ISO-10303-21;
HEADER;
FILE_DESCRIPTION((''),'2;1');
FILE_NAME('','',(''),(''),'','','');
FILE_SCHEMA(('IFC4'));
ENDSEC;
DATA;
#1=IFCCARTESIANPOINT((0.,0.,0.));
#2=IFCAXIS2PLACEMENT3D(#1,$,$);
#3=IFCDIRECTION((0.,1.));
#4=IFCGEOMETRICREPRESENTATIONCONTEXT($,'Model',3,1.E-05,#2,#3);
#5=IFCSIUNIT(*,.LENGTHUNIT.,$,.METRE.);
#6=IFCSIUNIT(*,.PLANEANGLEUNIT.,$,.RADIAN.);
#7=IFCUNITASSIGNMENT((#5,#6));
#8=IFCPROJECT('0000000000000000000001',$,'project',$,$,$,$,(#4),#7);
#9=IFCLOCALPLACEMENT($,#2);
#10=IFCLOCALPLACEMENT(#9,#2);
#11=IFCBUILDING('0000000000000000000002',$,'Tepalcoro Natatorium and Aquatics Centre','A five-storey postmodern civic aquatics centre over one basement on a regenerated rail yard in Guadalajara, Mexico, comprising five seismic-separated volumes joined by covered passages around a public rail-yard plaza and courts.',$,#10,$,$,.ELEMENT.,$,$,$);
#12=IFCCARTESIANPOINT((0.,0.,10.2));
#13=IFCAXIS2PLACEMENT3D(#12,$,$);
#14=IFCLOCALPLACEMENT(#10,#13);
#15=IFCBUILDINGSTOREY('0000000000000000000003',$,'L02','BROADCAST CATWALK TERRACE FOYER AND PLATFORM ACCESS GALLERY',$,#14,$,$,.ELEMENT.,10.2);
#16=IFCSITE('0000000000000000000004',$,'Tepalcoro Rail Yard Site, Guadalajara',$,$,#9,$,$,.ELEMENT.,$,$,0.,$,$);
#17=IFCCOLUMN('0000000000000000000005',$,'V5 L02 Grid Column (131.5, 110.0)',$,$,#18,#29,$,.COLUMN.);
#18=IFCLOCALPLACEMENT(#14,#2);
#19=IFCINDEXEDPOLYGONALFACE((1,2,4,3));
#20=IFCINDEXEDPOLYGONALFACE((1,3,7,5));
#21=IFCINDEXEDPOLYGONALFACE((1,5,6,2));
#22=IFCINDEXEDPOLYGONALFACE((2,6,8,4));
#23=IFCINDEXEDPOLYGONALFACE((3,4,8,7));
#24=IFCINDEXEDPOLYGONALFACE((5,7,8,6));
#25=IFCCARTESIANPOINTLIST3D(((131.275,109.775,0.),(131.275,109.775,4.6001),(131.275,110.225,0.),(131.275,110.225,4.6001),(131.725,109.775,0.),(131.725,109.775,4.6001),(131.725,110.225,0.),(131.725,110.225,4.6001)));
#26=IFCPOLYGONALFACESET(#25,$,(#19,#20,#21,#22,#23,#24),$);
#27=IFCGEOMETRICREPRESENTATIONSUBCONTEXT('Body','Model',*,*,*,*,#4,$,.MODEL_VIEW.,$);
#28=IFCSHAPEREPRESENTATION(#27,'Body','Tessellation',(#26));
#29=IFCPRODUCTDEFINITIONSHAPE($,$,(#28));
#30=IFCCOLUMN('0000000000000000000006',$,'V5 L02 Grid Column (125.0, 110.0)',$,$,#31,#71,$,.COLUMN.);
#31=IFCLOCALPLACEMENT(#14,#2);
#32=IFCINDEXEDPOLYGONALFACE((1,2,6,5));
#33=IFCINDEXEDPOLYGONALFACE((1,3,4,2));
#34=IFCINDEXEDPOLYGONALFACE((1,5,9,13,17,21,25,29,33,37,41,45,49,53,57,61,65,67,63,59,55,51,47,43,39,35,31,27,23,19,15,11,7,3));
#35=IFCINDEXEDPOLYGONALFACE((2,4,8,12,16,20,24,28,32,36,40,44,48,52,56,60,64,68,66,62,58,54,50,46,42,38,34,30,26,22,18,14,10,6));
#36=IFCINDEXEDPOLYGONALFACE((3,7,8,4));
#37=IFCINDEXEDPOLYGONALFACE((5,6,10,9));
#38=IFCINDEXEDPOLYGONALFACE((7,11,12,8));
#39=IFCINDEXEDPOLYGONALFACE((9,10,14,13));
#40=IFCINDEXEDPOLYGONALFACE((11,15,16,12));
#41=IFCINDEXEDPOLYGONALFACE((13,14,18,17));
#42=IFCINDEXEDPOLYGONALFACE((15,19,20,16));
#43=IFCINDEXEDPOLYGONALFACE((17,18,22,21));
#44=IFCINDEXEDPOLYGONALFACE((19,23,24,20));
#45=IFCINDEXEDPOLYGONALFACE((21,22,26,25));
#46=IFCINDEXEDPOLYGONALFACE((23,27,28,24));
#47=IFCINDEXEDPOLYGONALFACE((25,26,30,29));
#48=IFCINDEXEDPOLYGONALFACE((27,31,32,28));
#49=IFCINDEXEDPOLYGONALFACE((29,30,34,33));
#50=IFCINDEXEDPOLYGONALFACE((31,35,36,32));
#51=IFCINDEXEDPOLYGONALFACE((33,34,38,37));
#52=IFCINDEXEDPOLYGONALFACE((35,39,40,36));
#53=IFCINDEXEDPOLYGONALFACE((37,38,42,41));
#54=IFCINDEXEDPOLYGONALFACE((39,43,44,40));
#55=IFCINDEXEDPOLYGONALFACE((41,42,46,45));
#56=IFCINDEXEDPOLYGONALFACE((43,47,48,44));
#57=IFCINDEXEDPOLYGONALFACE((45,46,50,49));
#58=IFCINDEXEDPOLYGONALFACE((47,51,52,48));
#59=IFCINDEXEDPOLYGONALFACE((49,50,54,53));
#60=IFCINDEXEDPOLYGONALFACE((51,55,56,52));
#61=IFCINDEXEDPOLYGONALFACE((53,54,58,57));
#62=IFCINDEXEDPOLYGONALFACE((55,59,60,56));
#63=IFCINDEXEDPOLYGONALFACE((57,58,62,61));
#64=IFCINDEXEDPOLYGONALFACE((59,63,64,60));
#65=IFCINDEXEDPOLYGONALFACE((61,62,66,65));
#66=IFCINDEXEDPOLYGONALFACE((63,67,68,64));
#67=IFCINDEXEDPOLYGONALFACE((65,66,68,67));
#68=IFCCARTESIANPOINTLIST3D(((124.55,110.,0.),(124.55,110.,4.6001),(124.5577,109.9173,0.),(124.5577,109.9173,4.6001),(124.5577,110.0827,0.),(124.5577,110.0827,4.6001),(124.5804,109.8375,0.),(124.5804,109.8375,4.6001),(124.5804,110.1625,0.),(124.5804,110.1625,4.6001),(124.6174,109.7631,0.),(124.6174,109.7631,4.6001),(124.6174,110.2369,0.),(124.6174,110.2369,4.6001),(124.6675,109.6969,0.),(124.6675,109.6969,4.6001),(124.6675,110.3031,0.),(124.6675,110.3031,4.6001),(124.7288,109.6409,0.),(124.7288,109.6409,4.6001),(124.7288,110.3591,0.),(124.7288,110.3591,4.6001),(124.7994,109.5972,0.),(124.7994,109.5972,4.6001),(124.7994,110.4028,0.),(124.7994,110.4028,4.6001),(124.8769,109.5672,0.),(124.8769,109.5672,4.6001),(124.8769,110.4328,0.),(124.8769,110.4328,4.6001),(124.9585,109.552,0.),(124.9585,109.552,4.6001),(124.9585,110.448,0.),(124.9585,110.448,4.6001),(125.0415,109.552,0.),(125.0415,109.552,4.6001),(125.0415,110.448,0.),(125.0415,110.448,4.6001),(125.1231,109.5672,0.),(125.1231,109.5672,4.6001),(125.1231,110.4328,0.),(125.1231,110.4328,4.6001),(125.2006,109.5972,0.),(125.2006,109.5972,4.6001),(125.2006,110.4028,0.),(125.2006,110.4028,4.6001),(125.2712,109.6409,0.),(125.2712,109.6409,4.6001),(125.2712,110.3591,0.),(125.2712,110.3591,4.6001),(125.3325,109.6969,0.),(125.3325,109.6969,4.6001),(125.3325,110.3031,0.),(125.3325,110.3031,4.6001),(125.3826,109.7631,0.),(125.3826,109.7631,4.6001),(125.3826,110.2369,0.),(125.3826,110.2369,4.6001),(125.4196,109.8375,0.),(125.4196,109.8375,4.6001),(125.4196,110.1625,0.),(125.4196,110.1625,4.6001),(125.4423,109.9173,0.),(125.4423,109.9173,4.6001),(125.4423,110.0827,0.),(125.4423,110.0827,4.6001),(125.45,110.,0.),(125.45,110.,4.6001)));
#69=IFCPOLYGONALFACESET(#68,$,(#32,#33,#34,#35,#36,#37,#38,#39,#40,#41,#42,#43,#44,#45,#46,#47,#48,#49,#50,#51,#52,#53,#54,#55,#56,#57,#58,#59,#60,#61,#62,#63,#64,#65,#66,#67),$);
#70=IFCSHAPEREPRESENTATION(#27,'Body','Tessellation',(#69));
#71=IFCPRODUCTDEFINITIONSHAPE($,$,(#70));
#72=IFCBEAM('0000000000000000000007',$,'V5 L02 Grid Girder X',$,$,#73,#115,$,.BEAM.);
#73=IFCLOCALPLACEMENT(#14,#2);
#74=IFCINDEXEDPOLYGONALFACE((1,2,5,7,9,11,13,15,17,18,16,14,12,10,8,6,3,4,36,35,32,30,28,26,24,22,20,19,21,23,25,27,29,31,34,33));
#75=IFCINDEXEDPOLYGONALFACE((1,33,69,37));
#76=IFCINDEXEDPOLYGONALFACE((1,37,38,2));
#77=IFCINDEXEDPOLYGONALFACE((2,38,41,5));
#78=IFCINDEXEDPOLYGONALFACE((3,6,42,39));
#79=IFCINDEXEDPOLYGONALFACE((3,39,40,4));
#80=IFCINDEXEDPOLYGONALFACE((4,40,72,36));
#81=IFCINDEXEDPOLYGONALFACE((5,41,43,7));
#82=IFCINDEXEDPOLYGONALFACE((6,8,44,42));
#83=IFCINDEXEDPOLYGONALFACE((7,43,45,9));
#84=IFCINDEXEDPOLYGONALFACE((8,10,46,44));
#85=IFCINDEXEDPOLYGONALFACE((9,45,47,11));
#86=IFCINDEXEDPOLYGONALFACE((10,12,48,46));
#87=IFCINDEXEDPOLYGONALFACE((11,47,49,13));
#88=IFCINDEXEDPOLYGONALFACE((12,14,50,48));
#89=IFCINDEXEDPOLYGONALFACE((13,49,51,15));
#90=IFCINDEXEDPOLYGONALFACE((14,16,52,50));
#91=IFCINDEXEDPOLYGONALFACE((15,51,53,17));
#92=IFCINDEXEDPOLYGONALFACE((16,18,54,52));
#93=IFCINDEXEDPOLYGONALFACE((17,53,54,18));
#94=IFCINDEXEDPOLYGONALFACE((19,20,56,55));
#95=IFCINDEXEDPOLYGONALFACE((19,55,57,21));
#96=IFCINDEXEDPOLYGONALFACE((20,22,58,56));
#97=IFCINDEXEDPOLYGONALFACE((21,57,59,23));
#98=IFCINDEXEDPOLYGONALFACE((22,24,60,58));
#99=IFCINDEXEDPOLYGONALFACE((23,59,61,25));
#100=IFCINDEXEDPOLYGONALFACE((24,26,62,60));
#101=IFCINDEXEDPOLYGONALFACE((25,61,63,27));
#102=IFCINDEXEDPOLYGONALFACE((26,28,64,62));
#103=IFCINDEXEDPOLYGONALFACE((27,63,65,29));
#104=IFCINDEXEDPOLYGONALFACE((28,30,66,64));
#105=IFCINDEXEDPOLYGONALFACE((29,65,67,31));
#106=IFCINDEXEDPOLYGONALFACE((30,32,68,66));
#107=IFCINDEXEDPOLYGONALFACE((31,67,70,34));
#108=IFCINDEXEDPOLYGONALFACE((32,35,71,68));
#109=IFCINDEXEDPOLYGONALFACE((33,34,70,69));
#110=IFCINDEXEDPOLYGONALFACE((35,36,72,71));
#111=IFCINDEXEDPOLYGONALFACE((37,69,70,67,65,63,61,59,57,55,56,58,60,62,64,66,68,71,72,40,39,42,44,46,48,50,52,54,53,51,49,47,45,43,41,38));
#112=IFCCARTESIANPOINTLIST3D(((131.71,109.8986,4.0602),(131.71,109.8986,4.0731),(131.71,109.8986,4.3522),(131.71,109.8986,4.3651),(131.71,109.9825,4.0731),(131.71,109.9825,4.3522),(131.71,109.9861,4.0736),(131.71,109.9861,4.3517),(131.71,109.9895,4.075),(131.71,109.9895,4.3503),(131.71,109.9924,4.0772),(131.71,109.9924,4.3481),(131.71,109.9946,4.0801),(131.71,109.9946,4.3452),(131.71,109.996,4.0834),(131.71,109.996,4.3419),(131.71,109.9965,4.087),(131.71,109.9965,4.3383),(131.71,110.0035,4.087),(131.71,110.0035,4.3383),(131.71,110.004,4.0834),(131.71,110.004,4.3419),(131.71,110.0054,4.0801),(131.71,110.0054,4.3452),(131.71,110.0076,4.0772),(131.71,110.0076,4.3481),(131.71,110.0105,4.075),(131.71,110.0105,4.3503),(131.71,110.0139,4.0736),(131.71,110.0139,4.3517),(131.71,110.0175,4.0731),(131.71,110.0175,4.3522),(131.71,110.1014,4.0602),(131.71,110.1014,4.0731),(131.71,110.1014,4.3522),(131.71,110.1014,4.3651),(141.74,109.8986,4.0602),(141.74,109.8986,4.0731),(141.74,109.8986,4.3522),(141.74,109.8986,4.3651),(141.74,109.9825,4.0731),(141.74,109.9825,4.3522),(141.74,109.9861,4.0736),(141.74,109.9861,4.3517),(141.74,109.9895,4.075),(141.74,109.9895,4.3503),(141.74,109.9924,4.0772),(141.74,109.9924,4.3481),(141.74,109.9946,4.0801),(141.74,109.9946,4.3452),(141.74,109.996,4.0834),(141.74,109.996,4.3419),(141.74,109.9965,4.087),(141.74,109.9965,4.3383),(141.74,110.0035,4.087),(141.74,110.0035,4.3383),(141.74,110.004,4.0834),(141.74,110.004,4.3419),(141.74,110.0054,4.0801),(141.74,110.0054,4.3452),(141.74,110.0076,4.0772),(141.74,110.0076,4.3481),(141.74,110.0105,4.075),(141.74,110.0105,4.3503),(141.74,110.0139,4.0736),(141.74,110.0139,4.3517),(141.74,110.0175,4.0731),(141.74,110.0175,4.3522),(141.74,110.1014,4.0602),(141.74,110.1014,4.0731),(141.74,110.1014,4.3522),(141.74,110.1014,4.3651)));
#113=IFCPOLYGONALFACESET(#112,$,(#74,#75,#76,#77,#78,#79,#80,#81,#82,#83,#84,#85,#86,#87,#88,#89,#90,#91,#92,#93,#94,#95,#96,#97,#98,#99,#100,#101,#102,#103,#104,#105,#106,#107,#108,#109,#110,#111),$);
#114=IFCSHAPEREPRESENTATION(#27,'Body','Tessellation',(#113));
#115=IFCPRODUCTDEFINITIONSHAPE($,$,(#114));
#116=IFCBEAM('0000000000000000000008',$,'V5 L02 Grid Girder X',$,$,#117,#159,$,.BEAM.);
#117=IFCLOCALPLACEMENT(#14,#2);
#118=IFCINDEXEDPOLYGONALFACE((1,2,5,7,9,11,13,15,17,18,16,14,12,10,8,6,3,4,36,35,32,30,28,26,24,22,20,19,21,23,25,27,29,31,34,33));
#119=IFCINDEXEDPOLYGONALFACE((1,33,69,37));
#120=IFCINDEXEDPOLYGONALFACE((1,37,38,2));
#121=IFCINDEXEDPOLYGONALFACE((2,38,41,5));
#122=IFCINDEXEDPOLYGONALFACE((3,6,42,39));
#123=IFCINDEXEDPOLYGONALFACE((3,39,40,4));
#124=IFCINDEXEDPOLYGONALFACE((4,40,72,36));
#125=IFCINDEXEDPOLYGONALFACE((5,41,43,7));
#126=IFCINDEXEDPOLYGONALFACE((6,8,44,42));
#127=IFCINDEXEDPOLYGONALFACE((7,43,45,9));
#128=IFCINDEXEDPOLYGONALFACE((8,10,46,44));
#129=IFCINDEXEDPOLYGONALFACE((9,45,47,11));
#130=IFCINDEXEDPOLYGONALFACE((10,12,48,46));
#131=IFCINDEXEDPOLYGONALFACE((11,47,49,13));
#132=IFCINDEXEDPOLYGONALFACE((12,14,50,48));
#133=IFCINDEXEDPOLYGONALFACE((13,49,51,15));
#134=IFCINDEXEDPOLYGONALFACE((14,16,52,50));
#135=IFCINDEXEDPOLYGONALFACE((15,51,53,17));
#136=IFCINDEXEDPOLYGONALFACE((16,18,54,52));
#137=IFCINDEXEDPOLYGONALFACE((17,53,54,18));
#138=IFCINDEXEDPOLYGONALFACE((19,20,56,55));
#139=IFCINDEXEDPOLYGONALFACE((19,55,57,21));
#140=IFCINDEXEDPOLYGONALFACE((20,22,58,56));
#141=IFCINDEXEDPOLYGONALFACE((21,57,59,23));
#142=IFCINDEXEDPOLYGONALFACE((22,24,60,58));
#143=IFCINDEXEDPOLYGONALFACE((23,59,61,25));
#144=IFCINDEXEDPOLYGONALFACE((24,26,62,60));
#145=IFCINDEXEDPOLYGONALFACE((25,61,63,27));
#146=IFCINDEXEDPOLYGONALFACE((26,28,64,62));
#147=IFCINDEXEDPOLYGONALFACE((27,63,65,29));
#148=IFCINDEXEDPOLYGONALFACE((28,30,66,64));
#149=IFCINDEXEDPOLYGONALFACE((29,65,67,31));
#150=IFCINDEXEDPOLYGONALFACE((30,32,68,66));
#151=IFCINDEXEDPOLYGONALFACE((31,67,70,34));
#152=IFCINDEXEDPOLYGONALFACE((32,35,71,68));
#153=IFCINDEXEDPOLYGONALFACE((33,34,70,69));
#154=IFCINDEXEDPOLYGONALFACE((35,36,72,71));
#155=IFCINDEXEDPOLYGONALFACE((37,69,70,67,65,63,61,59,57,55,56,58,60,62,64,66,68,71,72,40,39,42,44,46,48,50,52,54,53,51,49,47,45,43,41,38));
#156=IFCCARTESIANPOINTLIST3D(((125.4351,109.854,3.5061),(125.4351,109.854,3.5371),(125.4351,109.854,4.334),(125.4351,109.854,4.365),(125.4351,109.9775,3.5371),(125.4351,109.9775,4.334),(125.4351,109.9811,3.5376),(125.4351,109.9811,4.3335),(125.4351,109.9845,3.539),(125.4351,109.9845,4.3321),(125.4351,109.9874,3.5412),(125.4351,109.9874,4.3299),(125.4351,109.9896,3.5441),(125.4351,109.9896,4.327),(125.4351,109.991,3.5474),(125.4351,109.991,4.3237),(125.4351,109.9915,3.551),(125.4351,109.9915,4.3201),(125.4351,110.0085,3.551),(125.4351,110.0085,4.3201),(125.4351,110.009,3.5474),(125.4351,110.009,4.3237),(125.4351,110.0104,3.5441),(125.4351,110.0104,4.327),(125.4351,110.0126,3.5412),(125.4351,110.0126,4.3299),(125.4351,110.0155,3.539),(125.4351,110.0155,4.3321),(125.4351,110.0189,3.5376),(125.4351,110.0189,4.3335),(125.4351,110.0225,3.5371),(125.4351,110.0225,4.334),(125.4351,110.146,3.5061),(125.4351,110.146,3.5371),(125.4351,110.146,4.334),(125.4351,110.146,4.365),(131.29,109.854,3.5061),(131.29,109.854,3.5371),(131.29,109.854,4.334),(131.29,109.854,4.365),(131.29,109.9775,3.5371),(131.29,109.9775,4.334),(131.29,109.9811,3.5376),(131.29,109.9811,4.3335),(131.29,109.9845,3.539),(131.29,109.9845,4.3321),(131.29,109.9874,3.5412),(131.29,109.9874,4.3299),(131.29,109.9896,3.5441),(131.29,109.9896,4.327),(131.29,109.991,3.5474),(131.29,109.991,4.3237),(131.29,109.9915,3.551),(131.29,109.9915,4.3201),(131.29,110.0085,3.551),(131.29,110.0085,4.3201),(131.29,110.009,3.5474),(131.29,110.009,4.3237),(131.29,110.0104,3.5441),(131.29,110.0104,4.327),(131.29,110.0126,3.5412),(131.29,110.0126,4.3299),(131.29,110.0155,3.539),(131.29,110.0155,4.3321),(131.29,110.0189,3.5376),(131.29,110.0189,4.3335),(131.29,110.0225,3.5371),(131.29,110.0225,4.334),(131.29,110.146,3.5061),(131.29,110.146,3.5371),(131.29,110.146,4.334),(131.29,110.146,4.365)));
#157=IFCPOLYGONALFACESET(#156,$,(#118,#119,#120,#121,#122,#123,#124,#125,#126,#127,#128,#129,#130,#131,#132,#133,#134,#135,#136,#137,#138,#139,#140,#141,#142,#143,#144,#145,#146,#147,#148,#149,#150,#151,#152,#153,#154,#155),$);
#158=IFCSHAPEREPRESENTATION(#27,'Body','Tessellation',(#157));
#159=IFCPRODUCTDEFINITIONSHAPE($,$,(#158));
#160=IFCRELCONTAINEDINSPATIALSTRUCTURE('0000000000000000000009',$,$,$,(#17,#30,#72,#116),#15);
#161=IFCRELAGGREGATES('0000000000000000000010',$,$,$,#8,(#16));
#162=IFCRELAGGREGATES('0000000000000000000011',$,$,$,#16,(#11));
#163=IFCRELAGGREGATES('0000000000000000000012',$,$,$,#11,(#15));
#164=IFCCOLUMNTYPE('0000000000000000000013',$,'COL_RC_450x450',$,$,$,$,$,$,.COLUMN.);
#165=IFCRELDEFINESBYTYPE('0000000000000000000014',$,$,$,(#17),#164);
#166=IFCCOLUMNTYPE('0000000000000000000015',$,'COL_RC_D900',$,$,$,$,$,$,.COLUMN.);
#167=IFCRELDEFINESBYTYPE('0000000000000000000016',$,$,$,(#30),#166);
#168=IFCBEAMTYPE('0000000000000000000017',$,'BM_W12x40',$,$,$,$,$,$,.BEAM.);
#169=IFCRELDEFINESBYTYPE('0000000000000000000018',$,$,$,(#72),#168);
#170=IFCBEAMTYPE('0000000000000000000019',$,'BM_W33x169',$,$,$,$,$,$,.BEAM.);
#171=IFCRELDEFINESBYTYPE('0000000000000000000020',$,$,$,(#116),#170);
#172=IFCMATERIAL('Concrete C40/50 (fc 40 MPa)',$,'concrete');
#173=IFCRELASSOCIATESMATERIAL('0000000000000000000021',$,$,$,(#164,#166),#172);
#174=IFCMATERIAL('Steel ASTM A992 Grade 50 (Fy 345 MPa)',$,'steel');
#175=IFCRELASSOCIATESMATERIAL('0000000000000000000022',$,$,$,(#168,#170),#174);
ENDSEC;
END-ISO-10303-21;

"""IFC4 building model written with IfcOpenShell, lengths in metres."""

from ifc_helpers import new_model, si_unit, direction, frame, origin, origin_2d, place, context, subcontext, project, spatial, rectangle, circle, i_section, extrude, material, material_profile, profile_set, type_object, element, save


model = new_model("IFC4")

# Units and contexts
model_context = context("Model", 3, precision=1e-05, world=origin(), true_north=direction((0.0, 1.0)))
body_context = subcontext(model_context, "Body", "Model", "MODEL_VIEW")
ifc_project = project(units=[si_unit("LENGTHUNIT", "METRE"), si_unit("PLANEANGLEUNIT", "RADIAN")], contexts=[model_context])

# Site, building, storey
site_placement = place(None, origin())
site = spatial("IfcSite", under=ifc_project, at=site_placement, Name="Tepalcoro Rail Yard Site, Guadalajara", CompositionType="ELEMENT", RefElevation=0.0)
building_placement = place(site_placement, origin())
building = spatial("IfcBuilding", under=site, at=building_placement, Name="Tepalcoro Natatorium and Aquatics Centre", Description="A five-storey postmodern civic aquatics centre over one basement on a regenerated rail yard in Guadalajara, Mexico, comprising five seismic-separated volumes joined by covered passages around a public rail-yard plaza and courts.", CompositionType="ELEMENT")
storey_placement = place(building_placement, frame((0.0, 0.0, 10.2)))
storey = spatial("IfcBuildingStorey", under=building, at=storey_placement, Name="L02", Description="BROADCAST CATWALK TERRACE FOYER AND PLATFORM ACCESS GALLERY", CompositionType="ELEMENT", Elevation=10.2)

# Columns
ifc_material_1 = material(Name="Concrete C40/50 (fc 40 MPa)", Category="concrete")
ifc_material_profile_1 = material_profile(ifc_material_1, rectangle(XDim=0.45, YDim=0.45, at=origin_2d()), Name="RC450x450")
ifc_profile_set_1 = profile_set([ifc_material_profile_1], Name="Concrete C40/50 (fc 40 MPa)")
column_type_1 = type_object("IfcColumnType", Name="COL_RC_450x450", PredefinedType="COLUMN", material=ifc_profile_set_1)
column_1_placement = place(storey_placement, frame((131.5, 110.0, 0.0), z_axis=(0.0, 0.0, 1.0), x_axis=(1.0, 0.0, 0.0)))
element("IfcColumn", 1, at=column_1_placement, inside=storey, type_object=column_type_1, Name="V5 L02 Grid Column (131.5, 110.0)", PredefinedType="COLUMN", context=body_context, shape_type="SweptSolid", body=[
    extrude(rectangle(XDim=0.45, YDim=0.45, at=origin_2d()), origin(), (0.0, 0.0, 1.0), 4.6001),
])
ifc_material_profile_2 = material_profile(ifc_material_1, circle(Radius=0.45, at=origin_2d()), Name="RCD900")
ifc_profile_set_2 = profile_set([ifc_material_profile_2], Name="Concrete C40/50 (fc 40 MPa)")
column_type_2 = type_object("IfcColumnType", Name="COL_RC_D900", PredefinedType="COLUMN", material=ifc_profile_set_2)
column_2_placement = place(storey_placement, frame((125.0, 110.0, 0.0), z_axis=(0.0, 0.0, 1.0), x_axis=(1.0, 0.0, 0.0)))
element("IfcColumn", 2, at=column_2_placement, inside=storey, type_object=column_type_2, Name="V5 L02 Grid Column (125.0, 110.0)", PredefinedType="COLUMN", context=body_context, shape_type="SweptSolid", body=[
    extrude(circle(Radius=0.45, at=origin_2d()), origin(), (0.0, 0.0, 1.0), 4.6001),
])

# Beams
ifc_material_2 = material(Name="Steel ASTM A992 Grade 50 (Fy 345 MPa)", Category="steel")
ifc_material_profile_3 = material_profile(ifc_material_2, i_section(OverallWidth=0.2029, OverallDepth=0.3049, WebThickness=0.0071, FlangeThickness=0.0129, FilletRadius=0.0139, at=origin_2d()), Name="W12X40")
ifc_profile_set_3 = profile_set([ifc_material_profile_3], Name="Steel ASTM A992 Grade 50 (Fy 345 MPa)")
beam_type_1 = type_object("IfcBeamType", Name="BM_W12x40", PredefinedType="BEAM", material=ifc_profile_set_3)
beam_1_placement = place(storey_placement, frame((131.71, 110.0, 4.2126), z_axis=(1.0, 0.0, 0.0), x_axis=(0.0, 1.0, 0.0)))
element("IfcBeam", 3, at=beam_1_placement, inside=storey, type_object=beam_type_1, Name="V5 L02 Grid Girder X", PredefinedType="BEAM", context=body_context, shape_type="SweptSolid", body=[
    extrude(i_section(OverallWidth=0.2029, OverallDepth=0.3049, WebThickness=0.0071, FlangeThickness=0.0129, FilletRadius=0.0139, at=origin_2d()), origin(), (0.0, 0.0, 1.0), 10.03),
])
ifc_material_profile_4 = material_profile(ifc_material_2, i_section(OverallWidth=0.292, OverallDepth=0.8589, WebThickness=0.0171, FlangeThickness=0.031, FilletRadius=0.0139, at=origin_2d()), Name="W33X169")
ifc_profile_set_4 = profile_set([ifc_material_profile_4], Name="Steel ASTM A992 Grade 50 (Fy 345 MPa)")
beam_type_2 = type_object("IfcBeamType", Name="BM_W33x169", PredefinedType="BEAM", material=ifc_profile_set_4)
beam_2_placement = place(storey_placement, frame((125.4351, 110.0, 3.9355), z_axis=(1.0, 0.0, 0.0), x_axis=(0.0, 1.0, 0.0)))
element("IfcBeam", 4, at=beam_2_placement, inside=storey, type_object=beam_type_2, Name="V5 L02 Grid Girder X", PredefinedType="BEAM", context=body_context, shape_type="SweptSolid", body=[
    extrude(i_section(OverallWidth=0.292, OverallDepth=0.8589, WebThickness=0.0171, FlangeThickness=0.031, FilletRadius=0.0139, at=origin_2d()), origin(), (0.0, 0.0, 1.0), 5.855),
])

save(model, "model.ifc")
